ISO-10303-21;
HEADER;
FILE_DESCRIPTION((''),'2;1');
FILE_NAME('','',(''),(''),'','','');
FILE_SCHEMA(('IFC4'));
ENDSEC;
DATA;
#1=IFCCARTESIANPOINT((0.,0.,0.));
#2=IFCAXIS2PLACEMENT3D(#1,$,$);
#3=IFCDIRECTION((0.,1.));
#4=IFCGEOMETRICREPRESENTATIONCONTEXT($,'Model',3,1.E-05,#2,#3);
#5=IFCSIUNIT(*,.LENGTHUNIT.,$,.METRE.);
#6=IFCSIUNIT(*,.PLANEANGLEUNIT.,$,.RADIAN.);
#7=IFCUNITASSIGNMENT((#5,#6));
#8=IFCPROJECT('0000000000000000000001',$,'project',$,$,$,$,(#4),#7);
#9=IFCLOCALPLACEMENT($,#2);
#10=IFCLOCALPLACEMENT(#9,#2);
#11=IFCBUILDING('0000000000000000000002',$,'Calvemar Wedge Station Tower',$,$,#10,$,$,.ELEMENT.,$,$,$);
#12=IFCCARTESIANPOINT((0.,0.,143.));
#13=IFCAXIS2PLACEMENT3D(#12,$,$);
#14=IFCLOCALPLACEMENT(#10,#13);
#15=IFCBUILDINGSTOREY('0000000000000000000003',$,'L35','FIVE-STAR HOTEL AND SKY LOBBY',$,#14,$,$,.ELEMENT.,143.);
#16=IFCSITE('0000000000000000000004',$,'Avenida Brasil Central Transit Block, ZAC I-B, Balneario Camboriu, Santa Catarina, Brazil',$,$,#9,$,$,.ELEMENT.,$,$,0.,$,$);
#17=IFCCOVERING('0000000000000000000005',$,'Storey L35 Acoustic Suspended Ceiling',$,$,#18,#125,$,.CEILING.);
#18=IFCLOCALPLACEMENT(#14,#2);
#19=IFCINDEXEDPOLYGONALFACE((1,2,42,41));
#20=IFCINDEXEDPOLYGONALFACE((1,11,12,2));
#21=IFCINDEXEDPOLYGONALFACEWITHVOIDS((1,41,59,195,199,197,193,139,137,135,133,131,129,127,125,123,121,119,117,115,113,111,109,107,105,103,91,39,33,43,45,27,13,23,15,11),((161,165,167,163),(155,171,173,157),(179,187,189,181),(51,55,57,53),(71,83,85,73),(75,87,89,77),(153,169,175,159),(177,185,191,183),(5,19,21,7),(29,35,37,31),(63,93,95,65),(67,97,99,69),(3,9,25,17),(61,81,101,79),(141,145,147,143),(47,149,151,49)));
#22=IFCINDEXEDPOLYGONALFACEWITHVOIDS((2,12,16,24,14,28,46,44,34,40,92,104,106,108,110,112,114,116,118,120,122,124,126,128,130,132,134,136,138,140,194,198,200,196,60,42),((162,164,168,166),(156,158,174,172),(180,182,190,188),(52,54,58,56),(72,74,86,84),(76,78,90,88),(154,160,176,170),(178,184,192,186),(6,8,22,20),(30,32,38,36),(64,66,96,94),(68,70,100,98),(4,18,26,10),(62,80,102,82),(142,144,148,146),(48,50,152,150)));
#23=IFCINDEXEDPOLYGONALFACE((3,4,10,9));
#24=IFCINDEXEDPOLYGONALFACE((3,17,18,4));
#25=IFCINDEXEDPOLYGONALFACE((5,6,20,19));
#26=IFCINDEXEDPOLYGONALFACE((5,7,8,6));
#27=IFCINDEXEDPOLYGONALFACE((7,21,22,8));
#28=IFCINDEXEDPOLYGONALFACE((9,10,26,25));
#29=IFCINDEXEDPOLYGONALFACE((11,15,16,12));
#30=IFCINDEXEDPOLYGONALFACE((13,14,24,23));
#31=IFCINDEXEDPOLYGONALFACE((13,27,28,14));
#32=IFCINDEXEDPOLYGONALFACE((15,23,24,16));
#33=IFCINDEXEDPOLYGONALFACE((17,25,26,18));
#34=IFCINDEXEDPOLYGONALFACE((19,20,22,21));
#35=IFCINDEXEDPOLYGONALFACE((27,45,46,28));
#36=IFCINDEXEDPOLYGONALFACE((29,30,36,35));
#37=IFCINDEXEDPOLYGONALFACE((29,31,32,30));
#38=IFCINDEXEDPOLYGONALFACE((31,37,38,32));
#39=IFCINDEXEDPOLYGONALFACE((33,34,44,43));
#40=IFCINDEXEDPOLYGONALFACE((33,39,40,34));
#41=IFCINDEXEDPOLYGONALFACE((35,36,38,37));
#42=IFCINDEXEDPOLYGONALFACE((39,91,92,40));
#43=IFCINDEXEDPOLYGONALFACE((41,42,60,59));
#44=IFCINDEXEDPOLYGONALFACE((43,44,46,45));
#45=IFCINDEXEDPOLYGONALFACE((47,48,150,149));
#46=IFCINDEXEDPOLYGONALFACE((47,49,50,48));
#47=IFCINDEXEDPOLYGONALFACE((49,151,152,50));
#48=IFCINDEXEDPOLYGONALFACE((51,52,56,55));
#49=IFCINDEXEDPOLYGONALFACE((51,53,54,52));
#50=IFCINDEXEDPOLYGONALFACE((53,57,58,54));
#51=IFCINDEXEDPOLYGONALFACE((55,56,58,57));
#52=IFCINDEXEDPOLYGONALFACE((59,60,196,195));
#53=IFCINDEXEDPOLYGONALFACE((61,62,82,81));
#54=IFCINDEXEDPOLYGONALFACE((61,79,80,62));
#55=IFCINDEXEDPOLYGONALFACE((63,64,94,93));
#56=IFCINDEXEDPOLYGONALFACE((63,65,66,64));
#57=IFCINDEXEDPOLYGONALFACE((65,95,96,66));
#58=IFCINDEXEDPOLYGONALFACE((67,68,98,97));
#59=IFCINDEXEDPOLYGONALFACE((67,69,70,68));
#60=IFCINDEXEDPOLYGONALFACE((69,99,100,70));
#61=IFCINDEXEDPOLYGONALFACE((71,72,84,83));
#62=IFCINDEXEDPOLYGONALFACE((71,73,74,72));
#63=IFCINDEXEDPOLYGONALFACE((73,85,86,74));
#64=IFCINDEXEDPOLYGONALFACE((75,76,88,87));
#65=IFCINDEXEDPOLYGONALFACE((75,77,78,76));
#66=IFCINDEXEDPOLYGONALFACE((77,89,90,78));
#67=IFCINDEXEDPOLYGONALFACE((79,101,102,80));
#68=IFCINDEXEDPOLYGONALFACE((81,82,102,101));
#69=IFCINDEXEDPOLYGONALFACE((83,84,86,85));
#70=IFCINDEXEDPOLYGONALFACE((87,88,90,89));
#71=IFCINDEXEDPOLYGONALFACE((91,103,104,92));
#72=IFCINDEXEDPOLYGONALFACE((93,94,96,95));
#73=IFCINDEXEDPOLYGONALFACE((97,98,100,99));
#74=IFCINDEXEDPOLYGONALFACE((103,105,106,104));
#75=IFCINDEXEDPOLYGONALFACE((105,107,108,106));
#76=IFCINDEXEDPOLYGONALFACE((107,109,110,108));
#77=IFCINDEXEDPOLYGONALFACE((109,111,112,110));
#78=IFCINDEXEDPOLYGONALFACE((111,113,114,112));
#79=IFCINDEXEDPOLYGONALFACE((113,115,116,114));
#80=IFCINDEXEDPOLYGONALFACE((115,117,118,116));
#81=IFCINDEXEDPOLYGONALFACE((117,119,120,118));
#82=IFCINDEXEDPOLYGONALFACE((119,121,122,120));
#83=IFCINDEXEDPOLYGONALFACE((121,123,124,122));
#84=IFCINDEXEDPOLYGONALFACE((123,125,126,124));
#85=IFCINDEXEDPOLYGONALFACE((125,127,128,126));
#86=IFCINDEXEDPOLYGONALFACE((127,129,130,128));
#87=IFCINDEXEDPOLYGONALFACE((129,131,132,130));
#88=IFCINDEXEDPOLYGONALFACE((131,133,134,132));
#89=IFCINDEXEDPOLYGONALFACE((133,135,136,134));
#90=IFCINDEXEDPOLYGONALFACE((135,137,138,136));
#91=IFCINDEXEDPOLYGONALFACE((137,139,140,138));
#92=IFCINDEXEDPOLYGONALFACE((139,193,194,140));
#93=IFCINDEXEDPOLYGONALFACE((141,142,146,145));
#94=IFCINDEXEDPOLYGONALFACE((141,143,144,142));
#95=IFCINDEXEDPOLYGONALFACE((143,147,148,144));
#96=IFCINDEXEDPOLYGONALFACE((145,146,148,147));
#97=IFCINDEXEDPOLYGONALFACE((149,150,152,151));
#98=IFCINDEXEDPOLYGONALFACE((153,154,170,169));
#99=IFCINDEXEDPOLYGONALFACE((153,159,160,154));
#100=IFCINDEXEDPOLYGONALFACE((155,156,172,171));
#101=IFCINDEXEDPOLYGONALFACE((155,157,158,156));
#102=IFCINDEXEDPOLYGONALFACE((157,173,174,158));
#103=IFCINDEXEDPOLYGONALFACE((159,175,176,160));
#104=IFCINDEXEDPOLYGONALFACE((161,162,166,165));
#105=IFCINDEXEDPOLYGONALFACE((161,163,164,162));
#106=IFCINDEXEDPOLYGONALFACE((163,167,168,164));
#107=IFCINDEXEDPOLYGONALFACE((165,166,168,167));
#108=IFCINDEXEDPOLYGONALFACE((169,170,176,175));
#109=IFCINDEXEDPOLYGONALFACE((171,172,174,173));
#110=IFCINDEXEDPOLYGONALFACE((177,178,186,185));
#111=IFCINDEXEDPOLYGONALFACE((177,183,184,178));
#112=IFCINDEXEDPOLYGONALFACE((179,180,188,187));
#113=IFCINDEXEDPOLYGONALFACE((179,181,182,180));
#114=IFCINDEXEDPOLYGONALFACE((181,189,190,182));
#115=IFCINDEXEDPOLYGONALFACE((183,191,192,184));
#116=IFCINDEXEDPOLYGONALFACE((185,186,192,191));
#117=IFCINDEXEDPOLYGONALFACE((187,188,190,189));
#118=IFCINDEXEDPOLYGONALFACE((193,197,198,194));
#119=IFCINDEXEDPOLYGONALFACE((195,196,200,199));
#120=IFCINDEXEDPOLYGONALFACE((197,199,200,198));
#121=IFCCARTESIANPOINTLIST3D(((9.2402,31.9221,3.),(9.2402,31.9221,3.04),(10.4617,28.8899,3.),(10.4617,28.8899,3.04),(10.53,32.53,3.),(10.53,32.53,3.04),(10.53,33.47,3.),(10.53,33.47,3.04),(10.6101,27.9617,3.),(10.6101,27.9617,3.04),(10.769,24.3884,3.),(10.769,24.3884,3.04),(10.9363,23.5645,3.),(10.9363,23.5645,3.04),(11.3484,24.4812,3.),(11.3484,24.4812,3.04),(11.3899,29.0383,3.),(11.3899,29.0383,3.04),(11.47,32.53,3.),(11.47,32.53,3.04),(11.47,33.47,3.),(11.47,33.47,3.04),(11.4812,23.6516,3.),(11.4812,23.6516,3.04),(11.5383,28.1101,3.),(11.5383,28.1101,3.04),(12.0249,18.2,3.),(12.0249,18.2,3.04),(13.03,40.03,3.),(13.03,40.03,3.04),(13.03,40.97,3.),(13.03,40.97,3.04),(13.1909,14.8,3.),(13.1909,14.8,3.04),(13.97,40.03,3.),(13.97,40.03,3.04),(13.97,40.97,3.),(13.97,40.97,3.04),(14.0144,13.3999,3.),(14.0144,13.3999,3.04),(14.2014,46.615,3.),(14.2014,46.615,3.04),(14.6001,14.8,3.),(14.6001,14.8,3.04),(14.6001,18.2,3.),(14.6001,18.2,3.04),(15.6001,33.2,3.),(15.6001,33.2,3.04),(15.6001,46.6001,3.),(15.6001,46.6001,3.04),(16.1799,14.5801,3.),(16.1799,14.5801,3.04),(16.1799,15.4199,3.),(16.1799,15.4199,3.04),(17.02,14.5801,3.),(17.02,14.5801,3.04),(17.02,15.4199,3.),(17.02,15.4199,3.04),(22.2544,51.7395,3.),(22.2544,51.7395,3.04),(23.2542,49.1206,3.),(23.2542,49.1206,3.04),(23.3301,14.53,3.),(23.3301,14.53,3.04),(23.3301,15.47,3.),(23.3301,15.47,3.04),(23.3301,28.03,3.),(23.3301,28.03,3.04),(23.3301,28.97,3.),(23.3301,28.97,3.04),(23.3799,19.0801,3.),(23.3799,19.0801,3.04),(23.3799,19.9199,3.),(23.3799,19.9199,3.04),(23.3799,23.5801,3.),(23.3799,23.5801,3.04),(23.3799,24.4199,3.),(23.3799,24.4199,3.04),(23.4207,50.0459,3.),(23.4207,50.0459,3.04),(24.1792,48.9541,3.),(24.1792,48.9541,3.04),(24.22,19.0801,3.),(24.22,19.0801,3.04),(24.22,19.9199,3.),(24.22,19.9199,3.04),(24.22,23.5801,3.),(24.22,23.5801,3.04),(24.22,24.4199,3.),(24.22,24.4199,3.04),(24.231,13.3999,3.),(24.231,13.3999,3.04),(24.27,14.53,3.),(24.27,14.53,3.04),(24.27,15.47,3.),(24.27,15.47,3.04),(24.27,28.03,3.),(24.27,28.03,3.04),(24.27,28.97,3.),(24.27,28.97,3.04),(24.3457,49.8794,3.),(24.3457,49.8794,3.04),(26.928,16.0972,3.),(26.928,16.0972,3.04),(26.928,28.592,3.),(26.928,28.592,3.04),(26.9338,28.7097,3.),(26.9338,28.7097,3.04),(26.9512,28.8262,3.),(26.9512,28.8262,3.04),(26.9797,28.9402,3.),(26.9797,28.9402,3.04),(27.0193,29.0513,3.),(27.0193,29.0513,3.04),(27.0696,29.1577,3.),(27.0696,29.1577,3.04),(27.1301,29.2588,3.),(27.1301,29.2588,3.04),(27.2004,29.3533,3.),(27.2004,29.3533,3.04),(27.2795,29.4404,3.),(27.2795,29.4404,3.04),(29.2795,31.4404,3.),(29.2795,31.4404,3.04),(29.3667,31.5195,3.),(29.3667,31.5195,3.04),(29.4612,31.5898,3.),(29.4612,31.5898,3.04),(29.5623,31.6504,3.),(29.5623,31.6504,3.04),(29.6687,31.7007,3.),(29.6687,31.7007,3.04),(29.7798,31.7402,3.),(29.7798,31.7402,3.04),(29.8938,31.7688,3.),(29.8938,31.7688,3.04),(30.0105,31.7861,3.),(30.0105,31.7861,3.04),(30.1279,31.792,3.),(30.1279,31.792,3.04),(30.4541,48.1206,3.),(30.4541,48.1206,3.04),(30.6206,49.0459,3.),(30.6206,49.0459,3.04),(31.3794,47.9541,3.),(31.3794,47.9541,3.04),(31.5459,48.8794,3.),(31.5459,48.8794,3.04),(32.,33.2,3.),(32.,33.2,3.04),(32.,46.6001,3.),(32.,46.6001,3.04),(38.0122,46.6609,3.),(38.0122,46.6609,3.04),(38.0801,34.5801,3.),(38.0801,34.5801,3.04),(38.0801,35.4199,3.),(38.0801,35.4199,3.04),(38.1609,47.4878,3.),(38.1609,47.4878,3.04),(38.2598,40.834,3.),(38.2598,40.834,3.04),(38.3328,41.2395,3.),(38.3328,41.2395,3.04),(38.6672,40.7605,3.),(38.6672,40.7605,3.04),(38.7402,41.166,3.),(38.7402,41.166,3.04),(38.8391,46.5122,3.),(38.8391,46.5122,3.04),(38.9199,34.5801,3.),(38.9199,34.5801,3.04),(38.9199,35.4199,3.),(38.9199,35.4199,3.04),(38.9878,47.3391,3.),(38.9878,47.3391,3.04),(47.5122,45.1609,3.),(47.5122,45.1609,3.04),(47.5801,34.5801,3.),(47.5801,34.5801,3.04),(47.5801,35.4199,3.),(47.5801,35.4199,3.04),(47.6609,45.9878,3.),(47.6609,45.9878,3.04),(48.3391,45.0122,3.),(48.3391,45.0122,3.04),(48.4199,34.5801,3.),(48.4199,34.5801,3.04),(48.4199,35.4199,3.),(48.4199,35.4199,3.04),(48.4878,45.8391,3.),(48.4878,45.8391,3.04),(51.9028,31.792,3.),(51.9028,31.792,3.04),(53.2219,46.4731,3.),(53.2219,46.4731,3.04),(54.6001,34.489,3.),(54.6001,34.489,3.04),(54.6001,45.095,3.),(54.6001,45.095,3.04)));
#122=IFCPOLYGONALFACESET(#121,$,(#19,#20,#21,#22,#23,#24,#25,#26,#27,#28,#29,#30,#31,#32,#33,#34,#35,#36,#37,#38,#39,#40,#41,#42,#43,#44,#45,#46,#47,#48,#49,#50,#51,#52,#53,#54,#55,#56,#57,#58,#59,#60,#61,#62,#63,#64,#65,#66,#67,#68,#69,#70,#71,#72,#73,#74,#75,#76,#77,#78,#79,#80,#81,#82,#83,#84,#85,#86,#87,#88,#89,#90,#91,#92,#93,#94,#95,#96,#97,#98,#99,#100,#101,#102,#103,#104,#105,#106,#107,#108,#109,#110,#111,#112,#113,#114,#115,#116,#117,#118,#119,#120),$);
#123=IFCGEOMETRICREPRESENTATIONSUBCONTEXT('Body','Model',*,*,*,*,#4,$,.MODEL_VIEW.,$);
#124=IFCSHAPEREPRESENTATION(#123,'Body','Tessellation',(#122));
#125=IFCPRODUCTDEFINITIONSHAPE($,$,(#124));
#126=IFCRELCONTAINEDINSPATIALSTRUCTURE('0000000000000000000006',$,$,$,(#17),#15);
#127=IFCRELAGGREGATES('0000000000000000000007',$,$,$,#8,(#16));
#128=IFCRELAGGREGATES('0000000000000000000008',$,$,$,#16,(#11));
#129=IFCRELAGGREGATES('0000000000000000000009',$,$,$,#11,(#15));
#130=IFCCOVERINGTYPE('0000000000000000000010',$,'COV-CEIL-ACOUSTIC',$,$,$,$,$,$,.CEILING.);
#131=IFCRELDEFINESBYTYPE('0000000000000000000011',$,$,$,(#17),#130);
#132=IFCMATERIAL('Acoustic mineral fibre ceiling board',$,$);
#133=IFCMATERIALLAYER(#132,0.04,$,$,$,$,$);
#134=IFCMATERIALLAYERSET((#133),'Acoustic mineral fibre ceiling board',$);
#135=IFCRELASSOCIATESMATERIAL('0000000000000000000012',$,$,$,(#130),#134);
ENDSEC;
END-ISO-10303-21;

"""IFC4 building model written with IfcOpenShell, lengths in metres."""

from ifc_helpers import new_model, si_unit, direction, frame, origin, place, context, subcontext, project, spatial, polyline, outline, extrude, material, layer, layer_set, type_object, element, save


model = new_model("IFC4")

# Units and contexts
model_context = context("Model", 3, precision=1e-05, world=origin(), true_north=direction((0.0, 1.0)))
body_context = subcontext(model_context, "Body", "Model", "MODEL_VIEW")
ifc_project = project(units=[si_unit("LENGTHUNIT", "METRE"), si_unit("PLANEANGLEUNIT", "RADIAN")], contexts=[model_context])

# Site, building, storey
site_placement = place(None, origin())
site = spatial("IfcSite", under=ifc_project, at=site_placement, Name="Avenida Brasil Central Transit Block, ZAC I-B, Balneario Camboriu, Santa Catarina, Brazil", CompositionType="ELEMENT", RefElevation=0.0)
building_placement = place(site_placement, origin())
building = spatial("IfcBuilding", under=site, at=building_placement, Name="Calvemar Wedge Station Tower", CompositionType="ELEMENT")
storey_placement = place(building_placement, frame((0.0, 0.0, 143.0)))
storey = spatial("IfcBuildingStorey", under=building, at=storey_placement, Name="L35", Description="FIVE-STAR HOTEL AND SKY LOBBY", CompositionType="ELEMENT", Elevation=143.0)

# Covering
ifc_material_1 = material(Name="Acoustic mineral fibre ceiling board")
ifc_layer_1 = layer(ifc_material_1, 0.04)
ifc_layer_set_1 = layer_set([ifc_layer_1], Name="Acoustic mineral fibre ceiling board")
covering_type_1 = type_object("IfcCoveringType", Name="COV-CEIL-ACOUSTIC", PredefinedType="CEILING", material=ifc_layer_set_1)
covering_1_placement = place(storey_placement, frame((0.0, 0.0, 3.0)))
element("IfcCovering", 1, at=covering_1_placement, inside=storey, type_object=covering_type_1, Name="Storey L35 Acoustic Suspended Ceiling", PredefinedType="CEILING", context=body_context, shape_type="SweptSolid", body=[
    extrude(outline(polyline([(27.2795, 29.4404), (29.2795, 31.4404), (29.3667, 31.5195), (29.4612, 31.5898), (29.5623, 31.6504), (29.6687, 31.7007), (29.7798, 31.7402), (29.8938, 31.7688), (30.0105, 31.7861), (30.1279, 31.792), (51.9028, 31.792), (54.6001, 34.489), (54.6001, 45.095), (53.2219, 46.4731), (22.2544, 51.7395), (14.2014, 46.615), (9.2402, 31.9221), (10.769, 24.3884), (11.3484, 24.4812), (11.4812, 23.6516), (10.9363, 23.5645), (12.0249, 18.2), (14.6001, 18.2), (14.6001, 14.8), (13.1909, 14.8), (14.0144, 13.3999), (24.231, 13.3999), (26.928, 16.0972), (26.928, 28.592), (26.9338, 28.7097), (26.9512, 28.8262), (26.9797, 28.9402), (27.0193, 29.0513), (27.0696, 29.1577), (27.1301, 29.2588), (27.2004, 29.3533), (27.2795, 29.4404)]), holes=[polyline([(15.6001, 46.6001), (32.0, 46.6001), (32.0, 33.2), (15.6001, 33.2), (15.6001, 46.6001)]), polyline([(10.53, 32.53), (10.53, 33.47), (11.47, 33.47), (11.47, 32.53), (10.53, 32.53)]), polyline([(13.03, 40.97), (13.97, 40.97), (13.97, 40.03), (13.03, 40.03), (13.03, 40.97)]), polyline([(24.3457, 49.8794), (24.1792, 48.9541), (23.2542, 49.1206), (23.4207, 50.0459), (24.3457, 49.8794)]), polyline([(31.3794, 47.9541), (30.4541, 48.1206), (30.6206, 49.0459), (31.5459, 48.8794), (31.3794, 47.9541)]), polyline([(38.0122, 46.6609), (38.1609, 47.4878), (38.9878, 47.3391), (38.8391, 46.5122), (38.0122, 46.6609)]), polyline([(47.6609, 45.9878), (48.4878, 45.8391), (48.3391, 45.0122), (47.5122, 45.1609), (47.6609, 45.9878)]), polyline([(38.9199, 35.4199), (38.9199, 34.5801), (38.0801, 34.5801), (38.0801, 35.4199), (38.9199, 35.4199)]), polyline([(48.4199, 34.5801), (47.5801, 34.5801), (47.5801, 35.4199), (48.4199, 35.4199), (48.4199, 34.5801)]), polyline([(38.2598, 40.834), (38.3328, 41.2395), (38.7402, 41.166), (38.6672, 40.7605), (38.2598, 40.834)]), polyline([(11.3899, 29.0383), (11.5383, 28.1101), (10.6101, 27.9617), (10.4617, 28.8899), (11.3899, 29.0383)]), polyline([(24.27, 28.03), (23.3301, 28.03), (23.3301, 28.97), (24.27, 28.97), (24.27, 28.03)]), polyline([(23.3799, 23.5801), (23.3799, 24.4199), (24.22, 24.4199), (24.22, 23.5801), (23.3799, 23.5801)]), polyline([(23.3799, 19.9199), (24.22, 19.9199), (24.22, 19.0801), (23.3799, 19.0801), (23.3799, 19.9199)]), polyline([(24.27, 15.47), (24.27, 14.53), (23.3301, 14.53), (23.3301, 15.47), (24.27, 15.47)]), polyline([(17.02, 14.5801), (16.1799, 14.5801), (16.1799, 15.4199), (17.02, 15.4199), (17.02, 14.5801)])]), origin(), (0.0, 0.0, 1.0), 0.04),
])

save(model, "model.ifc")
